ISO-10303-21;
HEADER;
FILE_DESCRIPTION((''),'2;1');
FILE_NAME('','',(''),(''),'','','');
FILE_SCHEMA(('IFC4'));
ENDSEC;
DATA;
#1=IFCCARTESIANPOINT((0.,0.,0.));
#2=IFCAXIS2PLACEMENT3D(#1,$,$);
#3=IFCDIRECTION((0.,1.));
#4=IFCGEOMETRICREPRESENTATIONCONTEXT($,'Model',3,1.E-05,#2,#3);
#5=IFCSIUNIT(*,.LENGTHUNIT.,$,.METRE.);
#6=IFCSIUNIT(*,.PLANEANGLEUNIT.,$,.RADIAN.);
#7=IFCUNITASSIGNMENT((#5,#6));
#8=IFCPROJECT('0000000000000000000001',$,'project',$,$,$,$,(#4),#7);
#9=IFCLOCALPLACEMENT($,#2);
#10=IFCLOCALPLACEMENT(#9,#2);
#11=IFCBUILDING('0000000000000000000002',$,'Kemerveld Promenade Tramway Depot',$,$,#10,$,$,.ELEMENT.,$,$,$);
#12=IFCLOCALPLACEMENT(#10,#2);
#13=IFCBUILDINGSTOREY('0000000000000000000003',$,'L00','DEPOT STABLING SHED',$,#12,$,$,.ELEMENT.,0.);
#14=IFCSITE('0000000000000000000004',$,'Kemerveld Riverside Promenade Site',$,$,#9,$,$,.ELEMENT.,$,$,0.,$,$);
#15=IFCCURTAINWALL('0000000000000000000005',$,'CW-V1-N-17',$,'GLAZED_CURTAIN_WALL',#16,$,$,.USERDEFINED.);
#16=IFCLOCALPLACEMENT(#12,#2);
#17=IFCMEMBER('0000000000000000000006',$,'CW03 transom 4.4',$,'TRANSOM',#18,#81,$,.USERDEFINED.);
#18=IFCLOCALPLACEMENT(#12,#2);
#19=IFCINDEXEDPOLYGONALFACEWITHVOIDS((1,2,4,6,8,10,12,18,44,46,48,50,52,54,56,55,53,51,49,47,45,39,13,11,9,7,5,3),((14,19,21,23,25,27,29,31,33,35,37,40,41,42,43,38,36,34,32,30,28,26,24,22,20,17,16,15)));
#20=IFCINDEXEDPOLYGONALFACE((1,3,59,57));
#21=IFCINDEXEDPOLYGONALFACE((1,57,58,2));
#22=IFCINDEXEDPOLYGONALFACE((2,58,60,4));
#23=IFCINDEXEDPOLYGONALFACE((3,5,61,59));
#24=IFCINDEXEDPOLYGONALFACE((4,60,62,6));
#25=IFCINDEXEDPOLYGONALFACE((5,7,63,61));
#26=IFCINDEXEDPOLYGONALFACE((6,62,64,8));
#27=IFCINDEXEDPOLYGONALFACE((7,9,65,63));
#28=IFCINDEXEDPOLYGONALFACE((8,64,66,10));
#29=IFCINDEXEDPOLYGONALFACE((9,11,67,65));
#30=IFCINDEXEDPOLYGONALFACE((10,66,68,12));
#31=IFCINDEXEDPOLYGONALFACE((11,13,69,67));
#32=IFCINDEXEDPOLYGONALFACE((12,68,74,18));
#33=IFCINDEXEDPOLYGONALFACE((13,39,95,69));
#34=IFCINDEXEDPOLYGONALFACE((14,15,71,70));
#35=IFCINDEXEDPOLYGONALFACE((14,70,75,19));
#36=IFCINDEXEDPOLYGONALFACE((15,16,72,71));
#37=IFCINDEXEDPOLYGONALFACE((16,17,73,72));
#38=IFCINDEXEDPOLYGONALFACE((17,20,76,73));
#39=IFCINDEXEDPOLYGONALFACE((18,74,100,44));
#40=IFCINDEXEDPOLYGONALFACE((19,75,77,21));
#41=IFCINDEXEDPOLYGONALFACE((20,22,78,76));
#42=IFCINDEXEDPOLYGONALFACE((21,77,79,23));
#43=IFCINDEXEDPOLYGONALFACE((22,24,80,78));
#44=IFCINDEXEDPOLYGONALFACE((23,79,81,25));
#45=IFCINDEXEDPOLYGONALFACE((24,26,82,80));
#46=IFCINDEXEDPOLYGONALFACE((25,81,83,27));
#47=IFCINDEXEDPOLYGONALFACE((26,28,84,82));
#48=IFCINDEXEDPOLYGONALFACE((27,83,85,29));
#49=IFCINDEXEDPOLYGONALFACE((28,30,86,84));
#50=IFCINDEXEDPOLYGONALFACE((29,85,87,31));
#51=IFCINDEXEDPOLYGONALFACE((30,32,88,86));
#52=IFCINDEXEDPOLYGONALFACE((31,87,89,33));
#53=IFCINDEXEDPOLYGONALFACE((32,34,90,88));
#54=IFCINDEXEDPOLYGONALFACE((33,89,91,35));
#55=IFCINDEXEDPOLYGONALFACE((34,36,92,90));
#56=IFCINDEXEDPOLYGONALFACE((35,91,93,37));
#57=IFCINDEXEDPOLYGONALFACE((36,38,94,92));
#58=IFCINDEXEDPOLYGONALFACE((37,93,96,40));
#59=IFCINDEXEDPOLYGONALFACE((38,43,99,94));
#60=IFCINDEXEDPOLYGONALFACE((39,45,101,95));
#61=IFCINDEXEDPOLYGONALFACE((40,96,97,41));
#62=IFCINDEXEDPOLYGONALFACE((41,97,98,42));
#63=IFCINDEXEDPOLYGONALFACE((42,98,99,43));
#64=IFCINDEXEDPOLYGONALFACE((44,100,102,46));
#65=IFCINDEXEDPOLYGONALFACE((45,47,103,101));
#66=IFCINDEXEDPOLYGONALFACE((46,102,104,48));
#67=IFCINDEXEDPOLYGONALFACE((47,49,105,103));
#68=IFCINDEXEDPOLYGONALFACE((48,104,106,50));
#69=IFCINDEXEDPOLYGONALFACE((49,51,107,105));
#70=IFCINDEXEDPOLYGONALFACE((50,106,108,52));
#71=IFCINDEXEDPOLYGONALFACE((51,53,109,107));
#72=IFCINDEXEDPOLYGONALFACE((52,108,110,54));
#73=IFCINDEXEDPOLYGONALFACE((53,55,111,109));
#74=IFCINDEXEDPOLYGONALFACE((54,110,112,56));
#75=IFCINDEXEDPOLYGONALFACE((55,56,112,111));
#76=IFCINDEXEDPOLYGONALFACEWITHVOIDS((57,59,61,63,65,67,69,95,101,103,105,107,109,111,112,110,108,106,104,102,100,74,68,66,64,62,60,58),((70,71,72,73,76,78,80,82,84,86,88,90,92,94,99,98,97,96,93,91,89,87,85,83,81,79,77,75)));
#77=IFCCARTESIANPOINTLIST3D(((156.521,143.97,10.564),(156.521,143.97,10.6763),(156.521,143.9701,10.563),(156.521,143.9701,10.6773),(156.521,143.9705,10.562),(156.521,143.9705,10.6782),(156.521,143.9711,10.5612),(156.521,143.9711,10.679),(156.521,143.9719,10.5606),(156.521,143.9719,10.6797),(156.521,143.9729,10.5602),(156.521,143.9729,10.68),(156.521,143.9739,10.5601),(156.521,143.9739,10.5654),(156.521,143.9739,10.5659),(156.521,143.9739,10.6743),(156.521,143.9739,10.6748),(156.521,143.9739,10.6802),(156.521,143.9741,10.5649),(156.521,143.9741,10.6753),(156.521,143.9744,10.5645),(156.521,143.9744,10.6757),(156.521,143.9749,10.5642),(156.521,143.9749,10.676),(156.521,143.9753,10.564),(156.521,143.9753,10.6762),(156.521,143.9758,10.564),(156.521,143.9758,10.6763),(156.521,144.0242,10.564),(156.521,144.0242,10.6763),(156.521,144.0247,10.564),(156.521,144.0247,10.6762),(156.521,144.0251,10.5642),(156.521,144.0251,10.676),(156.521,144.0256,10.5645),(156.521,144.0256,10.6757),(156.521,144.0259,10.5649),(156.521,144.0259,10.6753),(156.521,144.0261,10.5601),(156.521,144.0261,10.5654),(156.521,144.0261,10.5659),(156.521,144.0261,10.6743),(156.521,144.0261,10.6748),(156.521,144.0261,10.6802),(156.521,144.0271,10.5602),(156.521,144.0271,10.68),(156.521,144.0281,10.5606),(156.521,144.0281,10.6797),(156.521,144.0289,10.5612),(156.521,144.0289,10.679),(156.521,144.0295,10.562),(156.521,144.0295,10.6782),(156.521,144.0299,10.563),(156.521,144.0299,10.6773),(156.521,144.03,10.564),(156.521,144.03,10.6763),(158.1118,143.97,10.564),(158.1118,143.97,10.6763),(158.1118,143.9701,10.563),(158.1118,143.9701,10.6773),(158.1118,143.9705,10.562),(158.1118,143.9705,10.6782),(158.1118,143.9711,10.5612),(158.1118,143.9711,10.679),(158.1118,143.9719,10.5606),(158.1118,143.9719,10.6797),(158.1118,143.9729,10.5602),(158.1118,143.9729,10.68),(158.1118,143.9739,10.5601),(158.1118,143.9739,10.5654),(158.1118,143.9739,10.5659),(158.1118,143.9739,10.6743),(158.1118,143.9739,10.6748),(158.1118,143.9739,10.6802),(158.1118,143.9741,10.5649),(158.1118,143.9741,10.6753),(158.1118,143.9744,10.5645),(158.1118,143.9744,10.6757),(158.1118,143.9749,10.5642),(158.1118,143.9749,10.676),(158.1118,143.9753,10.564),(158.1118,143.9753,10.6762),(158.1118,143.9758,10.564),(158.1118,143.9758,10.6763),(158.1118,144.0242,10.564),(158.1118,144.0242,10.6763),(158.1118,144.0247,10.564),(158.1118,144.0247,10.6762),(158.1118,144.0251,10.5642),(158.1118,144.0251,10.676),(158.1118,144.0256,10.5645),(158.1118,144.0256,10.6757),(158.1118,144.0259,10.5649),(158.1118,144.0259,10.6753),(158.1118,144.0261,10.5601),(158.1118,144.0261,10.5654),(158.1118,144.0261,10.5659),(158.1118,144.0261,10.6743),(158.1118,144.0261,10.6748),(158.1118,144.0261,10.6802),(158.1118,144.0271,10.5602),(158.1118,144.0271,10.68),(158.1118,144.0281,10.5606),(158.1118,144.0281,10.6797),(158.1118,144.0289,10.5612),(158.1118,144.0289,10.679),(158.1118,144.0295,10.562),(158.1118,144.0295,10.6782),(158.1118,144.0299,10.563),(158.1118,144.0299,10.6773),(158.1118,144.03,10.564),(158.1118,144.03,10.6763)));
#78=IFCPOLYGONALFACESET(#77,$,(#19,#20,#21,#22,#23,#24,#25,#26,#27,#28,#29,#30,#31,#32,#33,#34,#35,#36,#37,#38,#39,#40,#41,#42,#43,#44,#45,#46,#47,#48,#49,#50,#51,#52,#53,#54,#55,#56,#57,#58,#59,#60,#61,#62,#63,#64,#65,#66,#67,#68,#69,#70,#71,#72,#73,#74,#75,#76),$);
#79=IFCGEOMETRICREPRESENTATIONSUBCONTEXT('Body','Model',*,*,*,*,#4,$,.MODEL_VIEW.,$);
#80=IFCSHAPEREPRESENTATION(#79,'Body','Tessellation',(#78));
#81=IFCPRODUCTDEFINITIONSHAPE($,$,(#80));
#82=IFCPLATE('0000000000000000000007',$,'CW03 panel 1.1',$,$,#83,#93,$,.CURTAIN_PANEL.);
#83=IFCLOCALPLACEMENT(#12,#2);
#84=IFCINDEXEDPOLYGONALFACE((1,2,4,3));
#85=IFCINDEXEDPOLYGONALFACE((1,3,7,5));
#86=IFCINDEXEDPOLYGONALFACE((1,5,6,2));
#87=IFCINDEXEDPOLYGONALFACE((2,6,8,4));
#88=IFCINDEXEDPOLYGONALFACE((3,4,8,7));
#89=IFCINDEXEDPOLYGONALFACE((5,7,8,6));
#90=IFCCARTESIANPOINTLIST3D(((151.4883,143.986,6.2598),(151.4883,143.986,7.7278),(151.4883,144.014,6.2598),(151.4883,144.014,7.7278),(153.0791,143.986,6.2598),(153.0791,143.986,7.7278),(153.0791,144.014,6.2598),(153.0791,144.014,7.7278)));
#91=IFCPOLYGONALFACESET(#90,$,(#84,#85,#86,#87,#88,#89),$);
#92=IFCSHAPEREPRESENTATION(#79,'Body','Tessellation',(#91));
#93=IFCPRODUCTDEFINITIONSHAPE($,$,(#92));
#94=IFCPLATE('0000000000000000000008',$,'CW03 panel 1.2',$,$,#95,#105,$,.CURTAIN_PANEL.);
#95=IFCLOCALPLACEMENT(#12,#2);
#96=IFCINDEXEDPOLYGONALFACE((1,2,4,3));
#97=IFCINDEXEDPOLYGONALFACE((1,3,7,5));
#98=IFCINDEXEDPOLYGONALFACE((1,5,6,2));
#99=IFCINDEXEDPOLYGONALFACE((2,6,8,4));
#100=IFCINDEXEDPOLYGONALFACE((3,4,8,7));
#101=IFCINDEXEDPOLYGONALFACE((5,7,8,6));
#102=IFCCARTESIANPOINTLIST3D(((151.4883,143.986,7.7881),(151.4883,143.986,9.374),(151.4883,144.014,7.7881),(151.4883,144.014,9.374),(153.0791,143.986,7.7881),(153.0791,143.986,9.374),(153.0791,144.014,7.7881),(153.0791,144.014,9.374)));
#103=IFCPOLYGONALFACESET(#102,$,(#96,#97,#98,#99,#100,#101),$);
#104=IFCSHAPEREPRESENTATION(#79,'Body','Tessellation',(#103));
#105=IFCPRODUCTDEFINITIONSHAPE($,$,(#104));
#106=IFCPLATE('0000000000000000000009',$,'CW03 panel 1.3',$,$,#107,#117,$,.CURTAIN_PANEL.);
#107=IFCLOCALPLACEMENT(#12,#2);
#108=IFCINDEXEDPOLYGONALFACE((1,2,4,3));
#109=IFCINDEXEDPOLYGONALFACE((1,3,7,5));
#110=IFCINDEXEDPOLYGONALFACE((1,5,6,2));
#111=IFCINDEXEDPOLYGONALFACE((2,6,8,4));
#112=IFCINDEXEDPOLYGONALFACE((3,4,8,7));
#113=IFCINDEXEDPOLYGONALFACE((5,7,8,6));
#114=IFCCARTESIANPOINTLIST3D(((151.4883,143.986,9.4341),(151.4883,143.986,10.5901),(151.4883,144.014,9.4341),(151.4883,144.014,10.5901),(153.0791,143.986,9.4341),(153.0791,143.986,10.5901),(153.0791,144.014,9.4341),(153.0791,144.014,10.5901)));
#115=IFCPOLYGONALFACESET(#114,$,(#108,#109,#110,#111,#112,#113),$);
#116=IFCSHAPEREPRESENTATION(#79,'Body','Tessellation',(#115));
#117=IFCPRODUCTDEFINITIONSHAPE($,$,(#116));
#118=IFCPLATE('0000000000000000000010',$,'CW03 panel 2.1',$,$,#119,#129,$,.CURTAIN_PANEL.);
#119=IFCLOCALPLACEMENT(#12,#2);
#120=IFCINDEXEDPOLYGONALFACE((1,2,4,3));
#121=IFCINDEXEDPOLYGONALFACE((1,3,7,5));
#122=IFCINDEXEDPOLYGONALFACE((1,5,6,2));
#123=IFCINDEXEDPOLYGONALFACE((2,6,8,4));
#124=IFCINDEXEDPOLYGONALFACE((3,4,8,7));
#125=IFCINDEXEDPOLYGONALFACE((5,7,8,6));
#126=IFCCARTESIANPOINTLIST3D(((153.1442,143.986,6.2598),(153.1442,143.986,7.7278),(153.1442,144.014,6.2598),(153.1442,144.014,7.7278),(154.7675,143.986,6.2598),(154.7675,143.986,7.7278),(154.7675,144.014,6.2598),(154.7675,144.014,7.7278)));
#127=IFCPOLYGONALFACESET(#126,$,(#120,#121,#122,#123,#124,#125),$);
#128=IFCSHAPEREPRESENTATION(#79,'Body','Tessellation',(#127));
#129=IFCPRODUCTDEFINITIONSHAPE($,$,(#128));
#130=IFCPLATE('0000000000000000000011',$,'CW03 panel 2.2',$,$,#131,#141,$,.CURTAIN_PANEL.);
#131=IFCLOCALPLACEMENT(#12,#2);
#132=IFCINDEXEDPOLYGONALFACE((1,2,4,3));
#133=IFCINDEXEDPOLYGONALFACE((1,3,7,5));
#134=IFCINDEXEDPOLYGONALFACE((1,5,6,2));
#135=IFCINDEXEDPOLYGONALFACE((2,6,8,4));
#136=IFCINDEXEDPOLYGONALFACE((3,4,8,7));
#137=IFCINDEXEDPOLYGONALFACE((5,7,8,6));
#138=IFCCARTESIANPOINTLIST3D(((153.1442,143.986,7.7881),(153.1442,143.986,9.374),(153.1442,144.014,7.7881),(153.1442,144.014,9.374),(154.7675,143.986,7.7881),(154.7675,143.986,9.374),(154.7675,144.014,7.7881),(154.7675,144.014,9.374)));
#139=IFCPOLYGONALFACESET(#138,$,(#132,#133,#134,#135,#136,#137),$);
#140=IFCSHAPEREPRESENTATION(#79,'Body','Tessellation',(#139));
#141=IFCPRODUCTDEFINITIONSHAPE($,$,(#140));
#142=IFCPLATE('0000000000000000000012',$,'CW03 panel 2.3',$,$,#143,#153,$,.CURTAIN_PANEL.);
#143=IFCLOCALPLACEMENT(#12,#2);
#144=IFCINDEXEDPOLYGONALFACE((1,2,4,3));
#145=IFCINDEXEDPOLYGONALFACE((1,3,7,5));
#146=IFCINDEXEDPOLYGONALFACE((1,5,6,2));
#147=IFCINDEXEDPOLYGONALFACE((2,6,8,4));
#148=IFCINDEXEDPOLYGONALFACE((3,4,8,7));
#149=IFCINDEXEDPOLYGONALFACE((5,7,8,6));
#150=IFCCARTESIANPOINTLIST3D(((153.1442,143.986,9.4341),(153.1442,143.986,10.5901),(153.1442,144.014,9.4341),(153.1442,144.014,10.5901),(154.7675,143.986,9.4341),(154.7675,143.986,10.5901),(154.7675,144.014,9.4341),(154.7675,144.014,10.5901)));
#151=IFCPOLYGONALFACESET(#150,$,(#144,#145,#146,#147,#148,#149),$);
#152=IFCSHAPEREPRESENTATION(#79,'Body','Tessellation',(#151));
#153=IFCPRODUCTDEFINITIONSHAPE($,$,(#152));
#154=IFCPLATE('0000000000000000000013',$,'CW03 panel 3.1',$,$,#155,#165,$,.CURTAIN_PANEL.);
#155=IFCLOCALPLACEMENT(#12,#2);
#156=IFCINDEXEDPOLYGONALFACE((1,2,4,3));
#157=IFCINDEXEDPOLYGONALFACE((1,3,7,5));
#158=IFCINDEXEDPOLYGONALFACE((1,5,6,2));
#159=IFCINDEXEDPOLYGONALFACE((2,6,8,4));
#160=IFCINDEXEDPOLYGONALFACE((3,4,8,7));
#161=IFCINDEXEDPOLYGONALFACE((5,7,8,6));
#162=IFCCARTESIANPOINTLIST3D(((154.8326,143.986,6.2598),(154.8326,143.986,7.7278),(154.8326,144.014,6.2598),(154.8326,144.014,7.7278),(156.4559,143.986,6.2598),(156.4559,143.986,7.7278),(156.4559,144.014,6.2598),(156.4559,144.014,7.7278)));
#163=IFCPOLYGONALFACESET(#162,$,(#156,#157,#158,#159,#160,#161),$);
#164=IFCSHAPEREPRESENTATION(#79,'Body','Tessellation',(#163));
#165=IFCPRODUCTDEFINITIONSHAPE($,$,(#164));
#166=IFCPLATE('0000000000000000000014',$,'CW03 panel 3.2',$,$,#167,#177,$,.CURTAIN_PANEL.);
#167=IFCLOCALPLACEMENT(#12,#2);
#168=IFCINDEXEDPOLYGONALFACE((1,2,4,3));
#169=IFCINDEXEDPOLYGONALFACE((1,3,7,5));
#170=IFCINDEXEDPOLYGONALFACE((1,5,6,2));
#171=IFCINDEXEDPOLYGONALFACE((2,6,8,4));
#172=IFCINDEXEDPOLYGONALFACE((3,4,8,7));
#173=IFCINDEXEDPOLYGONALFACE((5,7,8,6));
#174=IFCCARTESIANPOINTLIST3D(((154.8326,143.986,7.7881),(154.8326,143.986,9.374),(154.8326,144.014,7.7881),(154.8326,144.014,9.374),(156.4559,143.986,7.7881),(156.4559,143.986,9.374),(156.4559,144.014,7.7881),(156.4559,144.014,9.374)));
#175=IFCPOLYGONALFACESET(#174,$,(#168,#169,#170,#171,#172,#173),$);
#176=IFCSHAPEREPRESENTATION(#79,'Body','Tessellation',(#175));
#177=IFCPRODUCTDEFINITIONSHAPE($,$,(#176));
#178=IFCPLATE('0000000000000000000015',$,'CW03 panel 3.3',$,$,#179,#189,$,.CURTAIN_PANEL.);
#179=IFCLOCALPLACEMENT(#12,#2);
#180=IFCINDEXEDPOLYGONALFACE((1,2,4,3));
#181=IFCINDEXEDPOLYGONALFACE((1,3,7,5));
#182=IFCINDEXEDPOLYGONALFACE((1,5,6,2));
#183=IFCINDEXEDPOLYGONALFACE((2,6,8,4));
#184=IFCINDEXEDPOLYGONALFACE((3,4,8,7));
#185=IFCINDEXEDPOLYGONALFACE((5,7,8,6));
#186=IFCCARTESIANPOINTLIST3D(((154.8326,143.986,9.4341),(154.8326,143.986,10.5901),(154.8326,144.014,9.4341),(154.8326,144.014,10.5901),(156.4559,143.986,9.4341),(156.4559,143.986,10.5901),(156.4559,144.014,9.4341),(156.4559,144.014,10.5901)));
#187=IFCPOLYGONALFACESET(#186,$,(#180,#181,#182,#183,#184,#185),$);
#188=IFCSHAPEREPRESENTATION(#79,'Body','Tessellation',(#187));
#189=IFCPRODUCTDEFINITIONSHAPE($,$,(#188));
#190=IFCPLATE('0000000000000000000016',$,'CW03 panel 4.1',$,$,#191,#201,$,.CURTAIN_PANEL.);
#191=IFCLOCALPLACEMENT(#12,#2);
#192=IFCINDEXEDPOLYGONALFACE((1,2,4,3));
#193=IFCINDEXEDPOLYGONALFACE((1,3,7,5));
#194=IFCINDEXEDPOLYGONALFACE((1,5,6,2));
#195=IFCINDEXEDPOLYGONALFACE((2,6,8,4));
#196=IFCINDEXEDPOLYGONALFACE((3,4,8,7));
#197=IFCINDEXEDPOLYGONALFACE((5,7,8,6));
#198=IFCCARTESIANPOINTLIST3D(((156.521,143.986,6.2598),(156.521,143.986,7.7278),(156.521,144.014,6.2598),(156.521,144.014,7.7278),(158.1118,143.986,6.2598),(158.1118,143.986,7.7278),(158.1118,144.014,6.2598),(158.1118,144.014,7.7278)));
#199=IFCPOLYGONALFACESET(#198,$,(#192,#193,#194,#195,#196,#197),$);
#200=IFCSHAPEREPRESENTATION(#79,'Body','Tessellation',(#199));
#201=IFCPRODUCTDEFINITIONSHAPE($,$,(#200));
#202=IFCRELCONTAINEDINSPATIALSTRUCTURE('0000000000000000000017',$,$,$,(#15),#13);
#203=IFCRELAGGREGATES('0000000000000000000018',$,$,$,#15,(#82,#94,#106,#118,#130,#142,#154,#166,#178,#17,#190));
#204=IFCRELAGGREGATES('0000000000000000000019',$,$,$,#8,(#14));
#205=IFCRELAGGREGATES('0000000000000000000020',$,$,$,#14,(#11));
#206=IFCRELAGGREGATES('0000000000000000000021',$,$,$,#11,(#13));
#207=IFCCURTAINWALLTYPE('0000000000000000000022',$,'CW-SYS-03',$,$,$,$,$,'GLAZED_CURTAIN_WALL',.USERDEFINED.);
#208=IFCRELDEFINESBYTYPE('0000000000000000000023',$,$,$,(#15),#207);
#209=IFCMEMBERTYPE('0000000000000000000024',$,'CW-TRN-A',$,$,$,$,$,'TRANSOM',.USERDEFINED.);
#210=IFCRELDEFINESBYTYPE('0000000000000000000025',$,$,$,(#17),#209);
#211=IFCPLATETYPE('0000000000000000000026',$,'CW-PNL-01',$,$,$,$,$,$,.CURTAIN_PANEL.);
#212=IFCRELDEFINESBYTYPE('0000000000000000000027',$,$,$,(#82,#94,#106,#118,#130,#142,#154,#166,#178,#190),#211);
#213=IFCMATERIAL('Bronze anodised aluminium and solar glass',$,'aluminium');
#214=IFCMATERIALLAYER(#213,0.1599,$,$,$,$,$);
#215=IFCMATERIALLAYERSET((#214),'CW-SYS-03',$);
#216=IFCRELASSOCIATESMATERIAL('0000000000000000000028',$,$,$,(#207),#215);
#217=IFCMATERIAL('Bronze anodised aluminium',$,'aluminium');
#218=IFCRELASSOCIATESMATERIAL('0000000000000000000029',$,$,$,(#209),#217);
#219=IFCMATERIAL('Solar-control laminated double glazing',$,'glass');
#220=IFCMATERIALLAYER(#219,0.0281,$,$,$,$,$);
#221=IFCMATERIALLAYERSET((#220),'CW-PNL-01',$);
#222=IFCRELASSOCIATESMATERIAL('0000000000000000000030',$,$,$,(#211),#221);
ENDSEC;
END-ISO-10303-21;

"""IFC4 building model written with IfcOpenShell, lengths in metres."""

from ifc_helpers import new_model, si_unit, direction, frame, origin, origin_2d, place, context, subcontext, project, spatial, rectangle, hollow_rectangle, extrude, material, layer, layer_set, material_profile, profile_set, type_object, element, aggregate, save


model = new_model("IFC4")

# Units and contexts
model_context = context("Model", 3, precision=1e-05, world=origin(), true_north=direction((0.0, 1.0)))
body_context = subcontext(model_context, "Body", "Model", "MODEL_VIEW")
ifc_project = project(units=[si_unit("LENGTHUNIT", "METRE"), si_unit("PLANEANGLEUNIT", "RADIAN")], contexts=[model_context])

# Site, building, storey
site_placement = place(None, origin())
site = spatial("IfcSite", under=ifc_project, at=site_placement, Name="Kemerveld Riverside Promenade Site", CompositionType="ELEMENT", RefElevation=0.0)
building_placement = place(site_placement, origin())
building = spatial("IfcBuilding", under=site, at=building_placement, Name="Kemerveld Promenade Tramway Depot", CompositionType="ELEMENT")
storey_placement = place(building_placement, origin())
storey = spatial("IfcBuildingStorey", under=building, at=storey_placement, Name="L00", Description="DEPOT STABLING SHED", CompositionType="ELEMENT", Elevation=0.0)

# Curtain wall, member, plates
ifc_material_1 = material(Name="Bronze anodised aluminium and solar glass", Category="aluminium")
ifc_layer_1 = layer(ifc_material_1, 0.1599)
ifc_layer_set_1 = layer_set([ifc_layer_1], Name="CW-SYS-03")
curtain_wall_type = type_object("IfcCurtainWallType", Name="CW-SYS-03", ElementType="GLAZED_CURTAIN_WALL", PredefinedType="USERDEFINED", material=ifc_layer_set_1)
curtain_wall_placement = place(storey_placement, origin())
curtain_wall = element("IfcCurtainWall", 1, at=curtain_wall_placement, inside=storey, type_object=curtain_wall_type, Name="CW-V1-N-17", ObjectType="GLAZED_CURTAIN_WALL", PredefinedType="USERDEFINED")
ifc_material_2 = material(Name="Bronze anodised aluminium", Category="aluminium")
ifc_material_profile_1 = material_profile(ifc_material_2, hollow_rectangle(XDim=0.0601, YDim=0.1201, WallThickness=0.0039, InnerFilletRadius=0.002, OuterFilletRadius=0.0039, at=origin_2d()), Name="CW-TRN-120x60")
ifc_profile_set_1 = profile_set([ifc_material_profile_1], Name="Bronze anodised aluminium")
member_type_1 = type_object("IfcMemberType", Name="CW-TRN-A", ElementType="TRANSOM", PredefinedType="USERDEFINED", material=ifc_profile_set_1)
member_1_placement = place(storey_placement, frame((156.521, 144.0, 10.6201), z_axis=(1.0, 0.0, 0.0), x_axis=(0.0, 1.0, 0.0)))
member_1 = element("IfcMember", 2, at=member_1_placement, type_object=member_type_1, Name="CW03 transom 4.4", ObjectType="TRANSOM", PredefinedType="USERDEFINED", context=body_context, shape_type="SweptSolid", body=[
    extrude(hollow_rectangle(XDim=0.0601, YDim=0.1201, WallThickness=0.0039, InnerFilletRadius=0.002, OuterFilletRadius=0.0039, at=origin_2d()), origin(), (0.0, 0.0, 1.0), 1.5908),
])
ifc_material_3 = material(Name="Solar-control laminated double glazing", Category="glass")
ifc_layer_2 = layer(ifc_material_3, 0.0281)
ifc_layer_set_2 = layer_set([ifc_layer_2], Name="CW-PNL-01")
plate_type = type_object("IfcPlateType", Name="CW-PNL-01", PredefinedType="CURTAIN_PANEL", material=ifc_layer_set_2)
plate_1_placement = place(storey_placement, frame((152.2837, 144.0, 6.2598), z_axis=(0.0, 0.0, 1.0), x_axis=(1.0, 0.0, 0.0)))
plate_1 = element("IfcPlate", 3, at=plate_1_placement, type_object=plate_type, Name="CW03 panel 1.1", PredefinedType="CURTAIN_PANEL", context=body_context, shape_type="SweptSolid", body=[
    extrude(rectangle(XDim=1.5908, YDim=0.0281, at=origin_2d()), origin(), (0.0, 0.0, 1.0), 1.468),
])
plate_2_placement = place(storey_placement, frame((152.2837, 144.0, 7.7881), z_axis=(0.0, 0.0, 1.0), x_axis=(1.0, 0.0, 0.0)))
plate_2 = element("IfcPlate", 4, at=plate_2_placement, type_object=plate_type, Name="CW03 panel 1.2", PredefinedType="CURTAIN_PANEL", context=body_context, shape_type="SweptSolid", body=[
    extrude(rectangle(XDim=1.5908, YDim=0.0281, at=origin_2d()), origin(), (0.0, 0.0, 1.0), 1.5859),
])
plate_3_placement = place(storey_placement, frame((152.2837, 144.0, 9.4341), z_axis=(0.0, 0.0, 1.0), x_axis=(1.0, 0.0, 0.0)))
plate_3 = element("IfcPlate", 5, at=plate_3_placement, type_object=plate_type, Name="CW03 panel 1.3", PredefinedType="CURTAIN_PANEL", context=body_context, shape_type="SweptSolid", body=[
    extrude(rectangle(XDim=1.5908, YDim=0.0281, at=origin_2d()), origin(), (0.0, 0.0, 1.0), 1.156),
])
plate_4_placement = place(storey_placement, frame((153.9558, 144.0, 6.2598), z_axis=(0.0, 0.0, 1.0), x_axis=(1.0, 0.0, 0.0)))
plate_4 = element("IfcPlate", 6, at=plate_4_placement, type_object=plate_type, Name="CW03 panel 2.1", PredefinedType="CURTAIN_PANEL", context=body_context, shape_type="SweptSolid", body=[
    extrude(rectangle(XDim=1.6233, YDim=0.0281, at=origin_2d()), origin(), (0.0, 0.0, 1.0), 1.468),
])
plate_5_placement = place(storey_placement, frame((153.9558, 144.0, 7.7881), z_axis=(0.0, 0.0, 1.0), x_axis=(1.0, 0.0, 0.0)))
plate_5 = element("IfcPlate", 7, at=plate_5_placement, type_object=plate_type, Name="CW03 panel 2.2", PredefinedType="CURTAIN_PANEL", context=body_context, shape_type="SweptSolid", body=[
    extrude(rectangle(XDim=1.6233, YDim=0.0281, at=origin_2d()), origin(), (0.0, 0.0, 1.0), 1.5859),
])
plate_6_placement = place(storey_placement, frame((153.9558, 144.0, 9.4341), z_axis=(0.0, 0.0, 1.0), x_axis=(1.0, 0.0, 0.0)))
plate_6 = element("IfcPlate", 8, at=plate_6_placement, type_object=plate_type, Name="CW03 panel 2.3", PredefinedType="CURTAIN_PANEL", context=body_context, shape_type="SweptSolid", body=[
    extrude(rectangle(XDim=1.6233, YDim=0.0281, at=origin_2d()), origin(), (0.0, 0.0, 1.0), 1.156),
])
plate_7_placement = place(storey_placement, frame((155.6443, 144.0, 6.2598), z_axis=(0.0, 0.0, 1.0), x_axis=(1.0, 0.0, 0.0)))
plate_7 = element("IfcPlate", 9, at=plate_7_placement, type_object=plate_type, Name="CW03 panel 3.1", PredefinedType="CURTAIN_PANEL", context=body_context, shape_type="SweptSolid", body=[
    extrude(rectangle(XDim=1.6233, YDim=0.0281, at=origin_2d()), origin(), (0.0, 0.0, 1.0), 1.468),
])
plate_8_placement = place(storey_placement, frame((155.6443, 144.0, 7.7881), z_axis=(0.0, 0.0, 1.0), x_axis=(1.0, 0.0, 0.0)))
plate_8 = element("IfcPlate", 10, at=plate_8_placement, type_object=plate_type, Name="CW03 panel 3.2", PredefinedType="CURTAIN_PANEL", context=body_context, shape_type="SweptSolid", body=[
    extrude(rectangle(XDim=1.6233, YDim=0.0281, at=origin_2d()), origin(), (0.0, 0.0, 1.0), 1.5859),
])
plate_9_placement = place(storey_placement, frame((155.6443, 144.0, 9.4341), z_axis=(0.0, 0.0, 1.0), x_axis=(1.0, 0.0, 0.0)))
plate_9 = element("IfcPlate", 11, at=plate_9_placement, type_object=plate_type, Name="CW03 panel 3.3", PredefinedType="CURTAIN_PANEL", context=body_context, shape_type="SweptSolid", body=[
    extrude(rectangle(XDim=1.6233, YDim=0.0281, at=origin_2d()), origin(), (0.0, 0.0, 1.0), 1.156),
])
plate_10_placement = place(storey_placement, frame((157.3164, 144.0, 6.2598), z_axis=(0.0, 0.0, 1.0), x_axis=(1.0, 0.0, 0.0)))
plate_10 = element("IfcPlate", 12, at=plate_10_placement, type_object=plate_type, Name="CW03 panel 4.1", PredefinedType="CURTAIN_PANEL", context=body_context, shape_type="SweptSolid", body=[
    extrude(rectangle(XDim=1.5908, YDim=0.0281, at=origin_2d()), origin(), (0.0, 0.0, 1.0), 1.468),
])
aggregate(curtain_wall, [plate_1, plate_2, plate_3, plate_4, plate_5, plate_6, plate_7, plate_8, plate_9, member_1, plate_10])

save(model, "model.ifc")
